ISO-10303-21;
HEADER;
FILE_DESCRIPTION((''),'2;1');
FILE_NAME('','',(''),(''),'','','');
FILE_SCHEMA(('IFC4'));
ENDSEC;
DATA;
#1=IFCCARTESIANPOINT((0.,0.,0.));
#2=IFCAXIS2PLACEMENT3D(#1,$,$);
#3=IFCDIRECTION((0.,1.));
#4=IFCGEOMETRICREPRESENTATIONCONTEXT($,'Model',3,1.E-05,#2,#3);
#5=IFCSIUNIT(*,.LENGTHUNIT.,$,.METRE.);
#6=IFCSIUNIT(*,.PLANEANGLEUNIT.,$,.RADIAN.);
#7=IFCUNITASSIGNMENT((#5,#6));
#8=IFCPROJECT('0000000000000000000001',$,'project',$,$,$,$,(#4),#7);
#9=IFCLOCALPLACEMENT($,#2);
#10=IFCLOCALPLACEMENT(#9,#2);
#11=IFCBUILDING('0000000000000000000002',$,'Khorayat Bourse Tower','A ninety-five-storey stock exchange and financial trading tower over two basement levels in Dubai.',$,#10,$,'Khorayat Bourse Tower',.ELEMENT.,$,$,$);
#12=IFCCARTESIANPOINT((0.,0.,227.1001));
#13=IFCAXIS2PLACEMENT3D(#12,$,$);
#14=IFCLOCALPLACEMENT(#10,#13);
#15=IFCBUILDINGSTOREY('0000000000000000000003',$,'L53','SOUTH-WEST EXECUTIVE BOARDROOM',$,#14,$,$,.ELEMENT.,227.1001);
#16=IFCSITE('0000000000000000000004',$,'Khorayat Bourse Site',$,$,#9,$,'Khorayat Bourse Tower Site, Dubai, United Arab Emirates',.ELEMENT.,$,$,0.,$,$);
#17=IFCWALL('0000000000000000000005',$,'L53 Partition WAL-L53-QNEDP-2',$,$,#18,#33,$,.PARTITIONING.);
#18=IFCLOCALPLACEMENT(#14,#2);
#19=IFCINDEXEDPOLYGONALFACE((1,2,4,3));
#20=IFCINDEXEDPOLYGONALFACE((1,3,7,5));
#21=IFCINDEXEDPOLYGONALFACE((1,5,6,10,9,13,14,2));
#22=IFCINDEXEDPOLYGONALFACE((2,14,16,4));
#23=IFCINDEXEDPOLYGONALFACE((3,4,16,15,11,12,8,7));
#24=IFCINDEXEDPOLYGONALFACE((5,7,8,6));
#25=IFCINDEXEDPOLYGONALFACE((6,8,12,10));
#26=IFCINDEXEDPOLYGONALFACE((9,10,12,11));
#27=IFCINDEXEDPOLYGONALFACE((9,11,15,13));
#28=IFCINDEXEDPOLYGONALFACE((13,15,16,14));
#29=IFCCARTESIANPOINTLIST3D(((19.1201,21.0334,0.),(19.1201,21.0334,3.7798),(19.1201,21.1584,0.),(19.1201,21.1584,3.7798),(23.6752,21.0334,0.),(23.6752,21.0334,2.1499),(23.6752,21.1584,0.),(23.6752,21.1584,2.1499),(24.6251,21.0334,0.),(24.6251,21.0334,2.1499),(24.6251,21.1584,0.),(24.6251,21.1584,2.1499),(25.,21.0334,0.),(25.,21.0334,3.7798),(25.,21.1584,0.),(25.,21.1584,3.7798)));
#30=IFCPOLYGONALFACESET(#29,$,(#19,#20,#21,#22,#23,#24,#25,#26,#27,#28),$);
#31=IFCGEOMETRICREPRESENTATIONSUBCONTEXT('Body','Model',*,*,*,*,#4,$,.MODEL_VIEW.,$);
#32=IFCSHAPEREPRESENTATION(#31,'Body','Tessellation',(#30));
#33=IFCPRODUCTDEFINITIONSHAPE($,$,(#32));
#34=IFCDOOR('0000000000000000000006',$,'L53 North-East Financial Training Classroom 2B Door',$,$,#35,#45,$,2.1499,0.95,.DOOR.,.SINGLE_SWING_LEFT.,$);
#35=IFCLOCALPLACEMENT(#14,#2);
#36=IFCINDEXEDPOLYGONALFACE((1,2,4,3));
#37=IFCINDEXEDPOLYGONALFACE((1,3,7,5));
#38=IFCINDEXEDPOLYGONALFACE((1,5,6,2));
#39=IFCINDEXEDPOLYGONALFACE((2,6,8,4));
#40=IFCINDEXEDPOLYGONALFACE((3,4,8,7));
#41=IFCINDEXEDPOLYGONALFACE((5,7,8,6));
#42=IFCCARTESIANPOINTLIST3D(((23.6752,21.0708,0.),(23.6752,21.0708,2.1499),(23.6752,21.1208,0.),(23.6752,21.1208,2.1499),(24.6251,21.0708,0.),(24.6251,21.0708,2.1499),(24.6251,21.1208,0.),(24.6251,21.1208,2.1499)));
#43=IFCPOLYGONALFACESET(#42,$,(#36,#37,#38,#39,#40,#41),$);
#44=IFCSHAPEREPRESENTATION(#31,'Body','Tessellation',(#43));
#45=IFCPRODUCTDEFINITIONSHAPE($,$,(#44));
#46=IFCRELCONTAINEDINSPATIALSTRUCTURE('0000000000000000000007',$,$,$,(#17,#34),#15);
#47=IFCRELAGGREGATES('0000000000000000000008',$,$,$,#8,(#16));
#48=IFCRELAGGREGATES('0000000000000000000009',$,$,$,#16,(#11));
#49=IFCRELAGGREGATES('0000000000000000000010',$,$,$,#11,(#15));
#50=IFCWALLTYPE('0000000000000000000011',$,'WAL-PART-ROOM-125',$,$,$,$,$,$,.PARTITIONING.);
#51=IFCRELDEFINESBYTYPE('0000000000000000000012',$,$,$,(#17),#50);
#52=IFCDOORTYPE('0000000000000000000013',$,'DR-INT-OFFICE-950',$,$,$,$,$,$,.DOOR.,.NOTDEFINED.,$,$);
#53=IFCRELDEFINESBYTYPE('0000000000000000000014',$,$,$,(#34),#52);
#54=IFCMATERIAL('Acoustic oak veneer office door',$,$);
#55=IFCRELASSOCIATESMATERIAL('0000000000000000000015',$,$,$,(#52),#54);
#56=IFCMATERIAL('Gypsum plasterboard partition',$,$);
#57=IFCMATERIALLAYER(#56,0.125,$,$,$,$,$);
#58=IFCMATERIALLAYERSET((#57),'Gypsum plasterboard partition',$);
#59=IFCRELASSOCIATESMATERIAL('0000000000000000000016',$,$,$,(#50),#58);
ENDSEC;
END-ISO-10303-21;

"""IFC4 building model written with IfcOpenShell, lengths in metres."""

from ifc_helpers import new_model, si_unit, direction, frame, frame_2d, origin, place, context, subcontext, project, spatial, rectangle, extrude, source, transform, mapped, material, layer, layer_set, type_object, element, fill, save


model = new_model("IFC4")

# Units and contexts
model_context = context("Model", 3, precision=1e-05, world=origin(), true_north=direction((0.0, 1.0)))
body_context = subcontext(model_context, "Body", "Model", "MODEL_VIEW")
ifc_project = project(units=[si_unit("LENGTHUNIT", "METRE"), si_unit("PLANEANGLEUNIT", "RADIAN")], contexts=[model_context])

# Site, building, storey
site_placement = place(None, origin())
site = spatial("IfcSite", under=ifc_project, at=site_placement, Name="Khorayat Bourse Site", LongName="Khorayat Bourse Tower Site, Dubai, United Arab Emirates", CompositionType="ELEMENT", RefElevation=0.0)
building_placement = place(site_placement, origin())
building = spatial("IfcBuilding", under=site, at=building_placement, Name="Khorayat Bourse Tower", Description="A ninety-five-storey stock exchange and financial trading tower over two basement levels in Dubai.", LongName="Khorayat Bourse Tower", CompositionType="ELEMENT")
storey_placement = place(building_placement, frame((0.0, 0.0, 227.1001)))
storey = spatial("IfcBuildingStorey", under=building, at=storey_placement, Name="L53", Description="SOUTH-WEST EXECUTIVE BOARDROOM", CompositionType="ELEMENT", Elevation=227.1001)

# Wall, opening, door
ifc_material_1 = material(Name="Acoustic oak veneer office door")
door_type = type_object("IfcDoorType", Name="DR-INT-OFFICE-950", OperationType="NOTDEFINED", PredefinedType="DOOR", material=ifc_material_1)
shared_shape_1 = source(origin(), body_context, "Body", "SweptSolid", [
    extrude(rectangle(XDim=0.95, YDim=2.1499, at=frame_2d((0.4751, 1.075))), frame((0.0, 0.0249, 0.0), z_axis=(0.0, -1.0, 0.0), x_axis=(1.0, 0.0, 0.0)), (0.0, 0.0, 1.0), 0.05),
])
ifc_material_2 = material(Name="Gypsum plasterboard partition")
ifc_layer_1 = layer(ifc_material_2, 0.125)
ifc_layer_set_1 = layer_set([ifc_layer_1], Name="Gypsum plasterboard partition")
wall_type_1 = type_object("IfcWallType", Name="WAL-PART-ROOM-125", PredefinedType="PARTITIONING", material=ifc_layer_set_1)
shared_shape_2 = source(origin(), body_context, "Body", "SweptSolid", [
    extrude(rectangle(XDim=5.8799, YDim=0.125, at=frame_2d((2.9399, 0.0))), origin(), (0.0, 0.0, 1.0), 3.7798),
])
wall_1_placement = place(storey_placement, frame((19.1201, 21.0959, 0.0), z_axis=(0.0, 0.0, 1.0), x_axis=(1.0, 0.0, 0.0)))
wall_1 = element("IfcWall", 1, at=wall_1_placement, inside=storey, type_object=wall_type_1, Name="L53 Partition WAL-L53-QNEDP-2", PredefinedType="PARTITIONING", context=body_context, shape_type="MappedRepresentation", body=[
    mapped(shared_shape_2, transform((0.0, 0.0, 0.0), scale=1.0)),
])
shared_shape_3 = source(origin(), body_context, "Body", "SweptSolid", [
    extrude(rectangle(XDim=0.95, YDim=2.1499, at=frame_2d((0.4751, 1.075))), frame((0.0, 0.0725, 0.0), z_axis=(0.0, -1.0, 0.0), x_axis=(1.0, 0.0, 0.0)), (0.0, 0.0, 1.0), 0.145),
])
opening_1_placement = place(wall_1_placement, frame((4.5549, 0.0, 0.0)))
opening_1 = element("IfcOpeningElement", 2, at=opening_1_placement, cuts=wall_1, PredefinedType="OPENING", context=body_context, shape_type="MappedRepresentation", body=[
    mapped(shared_shape_3, transform((0.0, 0.0, 0.0), scale=1.0)),
])
door_1_placement = place(opening_1_placement, origin())
door_1 = element("IfcDoor", 3, at=door_1_placement, inside=storey, type_object=door_type, Name="L53 North-East Financial Training Classroom 2B Door", OperationType="SINGLE_SWING_LEFT", OverallHeight=2.1499, OverallWidth=0.95, PredefinedType="DOOR", context=body_context, shape_type="MappedRepresentation", body=[
    mapped(shared_shape_1, transform((0.0, 0.0, 0.0), scale=1.0)),
])
fill(opening_1, door_1)

save(model, "model.ifc")
